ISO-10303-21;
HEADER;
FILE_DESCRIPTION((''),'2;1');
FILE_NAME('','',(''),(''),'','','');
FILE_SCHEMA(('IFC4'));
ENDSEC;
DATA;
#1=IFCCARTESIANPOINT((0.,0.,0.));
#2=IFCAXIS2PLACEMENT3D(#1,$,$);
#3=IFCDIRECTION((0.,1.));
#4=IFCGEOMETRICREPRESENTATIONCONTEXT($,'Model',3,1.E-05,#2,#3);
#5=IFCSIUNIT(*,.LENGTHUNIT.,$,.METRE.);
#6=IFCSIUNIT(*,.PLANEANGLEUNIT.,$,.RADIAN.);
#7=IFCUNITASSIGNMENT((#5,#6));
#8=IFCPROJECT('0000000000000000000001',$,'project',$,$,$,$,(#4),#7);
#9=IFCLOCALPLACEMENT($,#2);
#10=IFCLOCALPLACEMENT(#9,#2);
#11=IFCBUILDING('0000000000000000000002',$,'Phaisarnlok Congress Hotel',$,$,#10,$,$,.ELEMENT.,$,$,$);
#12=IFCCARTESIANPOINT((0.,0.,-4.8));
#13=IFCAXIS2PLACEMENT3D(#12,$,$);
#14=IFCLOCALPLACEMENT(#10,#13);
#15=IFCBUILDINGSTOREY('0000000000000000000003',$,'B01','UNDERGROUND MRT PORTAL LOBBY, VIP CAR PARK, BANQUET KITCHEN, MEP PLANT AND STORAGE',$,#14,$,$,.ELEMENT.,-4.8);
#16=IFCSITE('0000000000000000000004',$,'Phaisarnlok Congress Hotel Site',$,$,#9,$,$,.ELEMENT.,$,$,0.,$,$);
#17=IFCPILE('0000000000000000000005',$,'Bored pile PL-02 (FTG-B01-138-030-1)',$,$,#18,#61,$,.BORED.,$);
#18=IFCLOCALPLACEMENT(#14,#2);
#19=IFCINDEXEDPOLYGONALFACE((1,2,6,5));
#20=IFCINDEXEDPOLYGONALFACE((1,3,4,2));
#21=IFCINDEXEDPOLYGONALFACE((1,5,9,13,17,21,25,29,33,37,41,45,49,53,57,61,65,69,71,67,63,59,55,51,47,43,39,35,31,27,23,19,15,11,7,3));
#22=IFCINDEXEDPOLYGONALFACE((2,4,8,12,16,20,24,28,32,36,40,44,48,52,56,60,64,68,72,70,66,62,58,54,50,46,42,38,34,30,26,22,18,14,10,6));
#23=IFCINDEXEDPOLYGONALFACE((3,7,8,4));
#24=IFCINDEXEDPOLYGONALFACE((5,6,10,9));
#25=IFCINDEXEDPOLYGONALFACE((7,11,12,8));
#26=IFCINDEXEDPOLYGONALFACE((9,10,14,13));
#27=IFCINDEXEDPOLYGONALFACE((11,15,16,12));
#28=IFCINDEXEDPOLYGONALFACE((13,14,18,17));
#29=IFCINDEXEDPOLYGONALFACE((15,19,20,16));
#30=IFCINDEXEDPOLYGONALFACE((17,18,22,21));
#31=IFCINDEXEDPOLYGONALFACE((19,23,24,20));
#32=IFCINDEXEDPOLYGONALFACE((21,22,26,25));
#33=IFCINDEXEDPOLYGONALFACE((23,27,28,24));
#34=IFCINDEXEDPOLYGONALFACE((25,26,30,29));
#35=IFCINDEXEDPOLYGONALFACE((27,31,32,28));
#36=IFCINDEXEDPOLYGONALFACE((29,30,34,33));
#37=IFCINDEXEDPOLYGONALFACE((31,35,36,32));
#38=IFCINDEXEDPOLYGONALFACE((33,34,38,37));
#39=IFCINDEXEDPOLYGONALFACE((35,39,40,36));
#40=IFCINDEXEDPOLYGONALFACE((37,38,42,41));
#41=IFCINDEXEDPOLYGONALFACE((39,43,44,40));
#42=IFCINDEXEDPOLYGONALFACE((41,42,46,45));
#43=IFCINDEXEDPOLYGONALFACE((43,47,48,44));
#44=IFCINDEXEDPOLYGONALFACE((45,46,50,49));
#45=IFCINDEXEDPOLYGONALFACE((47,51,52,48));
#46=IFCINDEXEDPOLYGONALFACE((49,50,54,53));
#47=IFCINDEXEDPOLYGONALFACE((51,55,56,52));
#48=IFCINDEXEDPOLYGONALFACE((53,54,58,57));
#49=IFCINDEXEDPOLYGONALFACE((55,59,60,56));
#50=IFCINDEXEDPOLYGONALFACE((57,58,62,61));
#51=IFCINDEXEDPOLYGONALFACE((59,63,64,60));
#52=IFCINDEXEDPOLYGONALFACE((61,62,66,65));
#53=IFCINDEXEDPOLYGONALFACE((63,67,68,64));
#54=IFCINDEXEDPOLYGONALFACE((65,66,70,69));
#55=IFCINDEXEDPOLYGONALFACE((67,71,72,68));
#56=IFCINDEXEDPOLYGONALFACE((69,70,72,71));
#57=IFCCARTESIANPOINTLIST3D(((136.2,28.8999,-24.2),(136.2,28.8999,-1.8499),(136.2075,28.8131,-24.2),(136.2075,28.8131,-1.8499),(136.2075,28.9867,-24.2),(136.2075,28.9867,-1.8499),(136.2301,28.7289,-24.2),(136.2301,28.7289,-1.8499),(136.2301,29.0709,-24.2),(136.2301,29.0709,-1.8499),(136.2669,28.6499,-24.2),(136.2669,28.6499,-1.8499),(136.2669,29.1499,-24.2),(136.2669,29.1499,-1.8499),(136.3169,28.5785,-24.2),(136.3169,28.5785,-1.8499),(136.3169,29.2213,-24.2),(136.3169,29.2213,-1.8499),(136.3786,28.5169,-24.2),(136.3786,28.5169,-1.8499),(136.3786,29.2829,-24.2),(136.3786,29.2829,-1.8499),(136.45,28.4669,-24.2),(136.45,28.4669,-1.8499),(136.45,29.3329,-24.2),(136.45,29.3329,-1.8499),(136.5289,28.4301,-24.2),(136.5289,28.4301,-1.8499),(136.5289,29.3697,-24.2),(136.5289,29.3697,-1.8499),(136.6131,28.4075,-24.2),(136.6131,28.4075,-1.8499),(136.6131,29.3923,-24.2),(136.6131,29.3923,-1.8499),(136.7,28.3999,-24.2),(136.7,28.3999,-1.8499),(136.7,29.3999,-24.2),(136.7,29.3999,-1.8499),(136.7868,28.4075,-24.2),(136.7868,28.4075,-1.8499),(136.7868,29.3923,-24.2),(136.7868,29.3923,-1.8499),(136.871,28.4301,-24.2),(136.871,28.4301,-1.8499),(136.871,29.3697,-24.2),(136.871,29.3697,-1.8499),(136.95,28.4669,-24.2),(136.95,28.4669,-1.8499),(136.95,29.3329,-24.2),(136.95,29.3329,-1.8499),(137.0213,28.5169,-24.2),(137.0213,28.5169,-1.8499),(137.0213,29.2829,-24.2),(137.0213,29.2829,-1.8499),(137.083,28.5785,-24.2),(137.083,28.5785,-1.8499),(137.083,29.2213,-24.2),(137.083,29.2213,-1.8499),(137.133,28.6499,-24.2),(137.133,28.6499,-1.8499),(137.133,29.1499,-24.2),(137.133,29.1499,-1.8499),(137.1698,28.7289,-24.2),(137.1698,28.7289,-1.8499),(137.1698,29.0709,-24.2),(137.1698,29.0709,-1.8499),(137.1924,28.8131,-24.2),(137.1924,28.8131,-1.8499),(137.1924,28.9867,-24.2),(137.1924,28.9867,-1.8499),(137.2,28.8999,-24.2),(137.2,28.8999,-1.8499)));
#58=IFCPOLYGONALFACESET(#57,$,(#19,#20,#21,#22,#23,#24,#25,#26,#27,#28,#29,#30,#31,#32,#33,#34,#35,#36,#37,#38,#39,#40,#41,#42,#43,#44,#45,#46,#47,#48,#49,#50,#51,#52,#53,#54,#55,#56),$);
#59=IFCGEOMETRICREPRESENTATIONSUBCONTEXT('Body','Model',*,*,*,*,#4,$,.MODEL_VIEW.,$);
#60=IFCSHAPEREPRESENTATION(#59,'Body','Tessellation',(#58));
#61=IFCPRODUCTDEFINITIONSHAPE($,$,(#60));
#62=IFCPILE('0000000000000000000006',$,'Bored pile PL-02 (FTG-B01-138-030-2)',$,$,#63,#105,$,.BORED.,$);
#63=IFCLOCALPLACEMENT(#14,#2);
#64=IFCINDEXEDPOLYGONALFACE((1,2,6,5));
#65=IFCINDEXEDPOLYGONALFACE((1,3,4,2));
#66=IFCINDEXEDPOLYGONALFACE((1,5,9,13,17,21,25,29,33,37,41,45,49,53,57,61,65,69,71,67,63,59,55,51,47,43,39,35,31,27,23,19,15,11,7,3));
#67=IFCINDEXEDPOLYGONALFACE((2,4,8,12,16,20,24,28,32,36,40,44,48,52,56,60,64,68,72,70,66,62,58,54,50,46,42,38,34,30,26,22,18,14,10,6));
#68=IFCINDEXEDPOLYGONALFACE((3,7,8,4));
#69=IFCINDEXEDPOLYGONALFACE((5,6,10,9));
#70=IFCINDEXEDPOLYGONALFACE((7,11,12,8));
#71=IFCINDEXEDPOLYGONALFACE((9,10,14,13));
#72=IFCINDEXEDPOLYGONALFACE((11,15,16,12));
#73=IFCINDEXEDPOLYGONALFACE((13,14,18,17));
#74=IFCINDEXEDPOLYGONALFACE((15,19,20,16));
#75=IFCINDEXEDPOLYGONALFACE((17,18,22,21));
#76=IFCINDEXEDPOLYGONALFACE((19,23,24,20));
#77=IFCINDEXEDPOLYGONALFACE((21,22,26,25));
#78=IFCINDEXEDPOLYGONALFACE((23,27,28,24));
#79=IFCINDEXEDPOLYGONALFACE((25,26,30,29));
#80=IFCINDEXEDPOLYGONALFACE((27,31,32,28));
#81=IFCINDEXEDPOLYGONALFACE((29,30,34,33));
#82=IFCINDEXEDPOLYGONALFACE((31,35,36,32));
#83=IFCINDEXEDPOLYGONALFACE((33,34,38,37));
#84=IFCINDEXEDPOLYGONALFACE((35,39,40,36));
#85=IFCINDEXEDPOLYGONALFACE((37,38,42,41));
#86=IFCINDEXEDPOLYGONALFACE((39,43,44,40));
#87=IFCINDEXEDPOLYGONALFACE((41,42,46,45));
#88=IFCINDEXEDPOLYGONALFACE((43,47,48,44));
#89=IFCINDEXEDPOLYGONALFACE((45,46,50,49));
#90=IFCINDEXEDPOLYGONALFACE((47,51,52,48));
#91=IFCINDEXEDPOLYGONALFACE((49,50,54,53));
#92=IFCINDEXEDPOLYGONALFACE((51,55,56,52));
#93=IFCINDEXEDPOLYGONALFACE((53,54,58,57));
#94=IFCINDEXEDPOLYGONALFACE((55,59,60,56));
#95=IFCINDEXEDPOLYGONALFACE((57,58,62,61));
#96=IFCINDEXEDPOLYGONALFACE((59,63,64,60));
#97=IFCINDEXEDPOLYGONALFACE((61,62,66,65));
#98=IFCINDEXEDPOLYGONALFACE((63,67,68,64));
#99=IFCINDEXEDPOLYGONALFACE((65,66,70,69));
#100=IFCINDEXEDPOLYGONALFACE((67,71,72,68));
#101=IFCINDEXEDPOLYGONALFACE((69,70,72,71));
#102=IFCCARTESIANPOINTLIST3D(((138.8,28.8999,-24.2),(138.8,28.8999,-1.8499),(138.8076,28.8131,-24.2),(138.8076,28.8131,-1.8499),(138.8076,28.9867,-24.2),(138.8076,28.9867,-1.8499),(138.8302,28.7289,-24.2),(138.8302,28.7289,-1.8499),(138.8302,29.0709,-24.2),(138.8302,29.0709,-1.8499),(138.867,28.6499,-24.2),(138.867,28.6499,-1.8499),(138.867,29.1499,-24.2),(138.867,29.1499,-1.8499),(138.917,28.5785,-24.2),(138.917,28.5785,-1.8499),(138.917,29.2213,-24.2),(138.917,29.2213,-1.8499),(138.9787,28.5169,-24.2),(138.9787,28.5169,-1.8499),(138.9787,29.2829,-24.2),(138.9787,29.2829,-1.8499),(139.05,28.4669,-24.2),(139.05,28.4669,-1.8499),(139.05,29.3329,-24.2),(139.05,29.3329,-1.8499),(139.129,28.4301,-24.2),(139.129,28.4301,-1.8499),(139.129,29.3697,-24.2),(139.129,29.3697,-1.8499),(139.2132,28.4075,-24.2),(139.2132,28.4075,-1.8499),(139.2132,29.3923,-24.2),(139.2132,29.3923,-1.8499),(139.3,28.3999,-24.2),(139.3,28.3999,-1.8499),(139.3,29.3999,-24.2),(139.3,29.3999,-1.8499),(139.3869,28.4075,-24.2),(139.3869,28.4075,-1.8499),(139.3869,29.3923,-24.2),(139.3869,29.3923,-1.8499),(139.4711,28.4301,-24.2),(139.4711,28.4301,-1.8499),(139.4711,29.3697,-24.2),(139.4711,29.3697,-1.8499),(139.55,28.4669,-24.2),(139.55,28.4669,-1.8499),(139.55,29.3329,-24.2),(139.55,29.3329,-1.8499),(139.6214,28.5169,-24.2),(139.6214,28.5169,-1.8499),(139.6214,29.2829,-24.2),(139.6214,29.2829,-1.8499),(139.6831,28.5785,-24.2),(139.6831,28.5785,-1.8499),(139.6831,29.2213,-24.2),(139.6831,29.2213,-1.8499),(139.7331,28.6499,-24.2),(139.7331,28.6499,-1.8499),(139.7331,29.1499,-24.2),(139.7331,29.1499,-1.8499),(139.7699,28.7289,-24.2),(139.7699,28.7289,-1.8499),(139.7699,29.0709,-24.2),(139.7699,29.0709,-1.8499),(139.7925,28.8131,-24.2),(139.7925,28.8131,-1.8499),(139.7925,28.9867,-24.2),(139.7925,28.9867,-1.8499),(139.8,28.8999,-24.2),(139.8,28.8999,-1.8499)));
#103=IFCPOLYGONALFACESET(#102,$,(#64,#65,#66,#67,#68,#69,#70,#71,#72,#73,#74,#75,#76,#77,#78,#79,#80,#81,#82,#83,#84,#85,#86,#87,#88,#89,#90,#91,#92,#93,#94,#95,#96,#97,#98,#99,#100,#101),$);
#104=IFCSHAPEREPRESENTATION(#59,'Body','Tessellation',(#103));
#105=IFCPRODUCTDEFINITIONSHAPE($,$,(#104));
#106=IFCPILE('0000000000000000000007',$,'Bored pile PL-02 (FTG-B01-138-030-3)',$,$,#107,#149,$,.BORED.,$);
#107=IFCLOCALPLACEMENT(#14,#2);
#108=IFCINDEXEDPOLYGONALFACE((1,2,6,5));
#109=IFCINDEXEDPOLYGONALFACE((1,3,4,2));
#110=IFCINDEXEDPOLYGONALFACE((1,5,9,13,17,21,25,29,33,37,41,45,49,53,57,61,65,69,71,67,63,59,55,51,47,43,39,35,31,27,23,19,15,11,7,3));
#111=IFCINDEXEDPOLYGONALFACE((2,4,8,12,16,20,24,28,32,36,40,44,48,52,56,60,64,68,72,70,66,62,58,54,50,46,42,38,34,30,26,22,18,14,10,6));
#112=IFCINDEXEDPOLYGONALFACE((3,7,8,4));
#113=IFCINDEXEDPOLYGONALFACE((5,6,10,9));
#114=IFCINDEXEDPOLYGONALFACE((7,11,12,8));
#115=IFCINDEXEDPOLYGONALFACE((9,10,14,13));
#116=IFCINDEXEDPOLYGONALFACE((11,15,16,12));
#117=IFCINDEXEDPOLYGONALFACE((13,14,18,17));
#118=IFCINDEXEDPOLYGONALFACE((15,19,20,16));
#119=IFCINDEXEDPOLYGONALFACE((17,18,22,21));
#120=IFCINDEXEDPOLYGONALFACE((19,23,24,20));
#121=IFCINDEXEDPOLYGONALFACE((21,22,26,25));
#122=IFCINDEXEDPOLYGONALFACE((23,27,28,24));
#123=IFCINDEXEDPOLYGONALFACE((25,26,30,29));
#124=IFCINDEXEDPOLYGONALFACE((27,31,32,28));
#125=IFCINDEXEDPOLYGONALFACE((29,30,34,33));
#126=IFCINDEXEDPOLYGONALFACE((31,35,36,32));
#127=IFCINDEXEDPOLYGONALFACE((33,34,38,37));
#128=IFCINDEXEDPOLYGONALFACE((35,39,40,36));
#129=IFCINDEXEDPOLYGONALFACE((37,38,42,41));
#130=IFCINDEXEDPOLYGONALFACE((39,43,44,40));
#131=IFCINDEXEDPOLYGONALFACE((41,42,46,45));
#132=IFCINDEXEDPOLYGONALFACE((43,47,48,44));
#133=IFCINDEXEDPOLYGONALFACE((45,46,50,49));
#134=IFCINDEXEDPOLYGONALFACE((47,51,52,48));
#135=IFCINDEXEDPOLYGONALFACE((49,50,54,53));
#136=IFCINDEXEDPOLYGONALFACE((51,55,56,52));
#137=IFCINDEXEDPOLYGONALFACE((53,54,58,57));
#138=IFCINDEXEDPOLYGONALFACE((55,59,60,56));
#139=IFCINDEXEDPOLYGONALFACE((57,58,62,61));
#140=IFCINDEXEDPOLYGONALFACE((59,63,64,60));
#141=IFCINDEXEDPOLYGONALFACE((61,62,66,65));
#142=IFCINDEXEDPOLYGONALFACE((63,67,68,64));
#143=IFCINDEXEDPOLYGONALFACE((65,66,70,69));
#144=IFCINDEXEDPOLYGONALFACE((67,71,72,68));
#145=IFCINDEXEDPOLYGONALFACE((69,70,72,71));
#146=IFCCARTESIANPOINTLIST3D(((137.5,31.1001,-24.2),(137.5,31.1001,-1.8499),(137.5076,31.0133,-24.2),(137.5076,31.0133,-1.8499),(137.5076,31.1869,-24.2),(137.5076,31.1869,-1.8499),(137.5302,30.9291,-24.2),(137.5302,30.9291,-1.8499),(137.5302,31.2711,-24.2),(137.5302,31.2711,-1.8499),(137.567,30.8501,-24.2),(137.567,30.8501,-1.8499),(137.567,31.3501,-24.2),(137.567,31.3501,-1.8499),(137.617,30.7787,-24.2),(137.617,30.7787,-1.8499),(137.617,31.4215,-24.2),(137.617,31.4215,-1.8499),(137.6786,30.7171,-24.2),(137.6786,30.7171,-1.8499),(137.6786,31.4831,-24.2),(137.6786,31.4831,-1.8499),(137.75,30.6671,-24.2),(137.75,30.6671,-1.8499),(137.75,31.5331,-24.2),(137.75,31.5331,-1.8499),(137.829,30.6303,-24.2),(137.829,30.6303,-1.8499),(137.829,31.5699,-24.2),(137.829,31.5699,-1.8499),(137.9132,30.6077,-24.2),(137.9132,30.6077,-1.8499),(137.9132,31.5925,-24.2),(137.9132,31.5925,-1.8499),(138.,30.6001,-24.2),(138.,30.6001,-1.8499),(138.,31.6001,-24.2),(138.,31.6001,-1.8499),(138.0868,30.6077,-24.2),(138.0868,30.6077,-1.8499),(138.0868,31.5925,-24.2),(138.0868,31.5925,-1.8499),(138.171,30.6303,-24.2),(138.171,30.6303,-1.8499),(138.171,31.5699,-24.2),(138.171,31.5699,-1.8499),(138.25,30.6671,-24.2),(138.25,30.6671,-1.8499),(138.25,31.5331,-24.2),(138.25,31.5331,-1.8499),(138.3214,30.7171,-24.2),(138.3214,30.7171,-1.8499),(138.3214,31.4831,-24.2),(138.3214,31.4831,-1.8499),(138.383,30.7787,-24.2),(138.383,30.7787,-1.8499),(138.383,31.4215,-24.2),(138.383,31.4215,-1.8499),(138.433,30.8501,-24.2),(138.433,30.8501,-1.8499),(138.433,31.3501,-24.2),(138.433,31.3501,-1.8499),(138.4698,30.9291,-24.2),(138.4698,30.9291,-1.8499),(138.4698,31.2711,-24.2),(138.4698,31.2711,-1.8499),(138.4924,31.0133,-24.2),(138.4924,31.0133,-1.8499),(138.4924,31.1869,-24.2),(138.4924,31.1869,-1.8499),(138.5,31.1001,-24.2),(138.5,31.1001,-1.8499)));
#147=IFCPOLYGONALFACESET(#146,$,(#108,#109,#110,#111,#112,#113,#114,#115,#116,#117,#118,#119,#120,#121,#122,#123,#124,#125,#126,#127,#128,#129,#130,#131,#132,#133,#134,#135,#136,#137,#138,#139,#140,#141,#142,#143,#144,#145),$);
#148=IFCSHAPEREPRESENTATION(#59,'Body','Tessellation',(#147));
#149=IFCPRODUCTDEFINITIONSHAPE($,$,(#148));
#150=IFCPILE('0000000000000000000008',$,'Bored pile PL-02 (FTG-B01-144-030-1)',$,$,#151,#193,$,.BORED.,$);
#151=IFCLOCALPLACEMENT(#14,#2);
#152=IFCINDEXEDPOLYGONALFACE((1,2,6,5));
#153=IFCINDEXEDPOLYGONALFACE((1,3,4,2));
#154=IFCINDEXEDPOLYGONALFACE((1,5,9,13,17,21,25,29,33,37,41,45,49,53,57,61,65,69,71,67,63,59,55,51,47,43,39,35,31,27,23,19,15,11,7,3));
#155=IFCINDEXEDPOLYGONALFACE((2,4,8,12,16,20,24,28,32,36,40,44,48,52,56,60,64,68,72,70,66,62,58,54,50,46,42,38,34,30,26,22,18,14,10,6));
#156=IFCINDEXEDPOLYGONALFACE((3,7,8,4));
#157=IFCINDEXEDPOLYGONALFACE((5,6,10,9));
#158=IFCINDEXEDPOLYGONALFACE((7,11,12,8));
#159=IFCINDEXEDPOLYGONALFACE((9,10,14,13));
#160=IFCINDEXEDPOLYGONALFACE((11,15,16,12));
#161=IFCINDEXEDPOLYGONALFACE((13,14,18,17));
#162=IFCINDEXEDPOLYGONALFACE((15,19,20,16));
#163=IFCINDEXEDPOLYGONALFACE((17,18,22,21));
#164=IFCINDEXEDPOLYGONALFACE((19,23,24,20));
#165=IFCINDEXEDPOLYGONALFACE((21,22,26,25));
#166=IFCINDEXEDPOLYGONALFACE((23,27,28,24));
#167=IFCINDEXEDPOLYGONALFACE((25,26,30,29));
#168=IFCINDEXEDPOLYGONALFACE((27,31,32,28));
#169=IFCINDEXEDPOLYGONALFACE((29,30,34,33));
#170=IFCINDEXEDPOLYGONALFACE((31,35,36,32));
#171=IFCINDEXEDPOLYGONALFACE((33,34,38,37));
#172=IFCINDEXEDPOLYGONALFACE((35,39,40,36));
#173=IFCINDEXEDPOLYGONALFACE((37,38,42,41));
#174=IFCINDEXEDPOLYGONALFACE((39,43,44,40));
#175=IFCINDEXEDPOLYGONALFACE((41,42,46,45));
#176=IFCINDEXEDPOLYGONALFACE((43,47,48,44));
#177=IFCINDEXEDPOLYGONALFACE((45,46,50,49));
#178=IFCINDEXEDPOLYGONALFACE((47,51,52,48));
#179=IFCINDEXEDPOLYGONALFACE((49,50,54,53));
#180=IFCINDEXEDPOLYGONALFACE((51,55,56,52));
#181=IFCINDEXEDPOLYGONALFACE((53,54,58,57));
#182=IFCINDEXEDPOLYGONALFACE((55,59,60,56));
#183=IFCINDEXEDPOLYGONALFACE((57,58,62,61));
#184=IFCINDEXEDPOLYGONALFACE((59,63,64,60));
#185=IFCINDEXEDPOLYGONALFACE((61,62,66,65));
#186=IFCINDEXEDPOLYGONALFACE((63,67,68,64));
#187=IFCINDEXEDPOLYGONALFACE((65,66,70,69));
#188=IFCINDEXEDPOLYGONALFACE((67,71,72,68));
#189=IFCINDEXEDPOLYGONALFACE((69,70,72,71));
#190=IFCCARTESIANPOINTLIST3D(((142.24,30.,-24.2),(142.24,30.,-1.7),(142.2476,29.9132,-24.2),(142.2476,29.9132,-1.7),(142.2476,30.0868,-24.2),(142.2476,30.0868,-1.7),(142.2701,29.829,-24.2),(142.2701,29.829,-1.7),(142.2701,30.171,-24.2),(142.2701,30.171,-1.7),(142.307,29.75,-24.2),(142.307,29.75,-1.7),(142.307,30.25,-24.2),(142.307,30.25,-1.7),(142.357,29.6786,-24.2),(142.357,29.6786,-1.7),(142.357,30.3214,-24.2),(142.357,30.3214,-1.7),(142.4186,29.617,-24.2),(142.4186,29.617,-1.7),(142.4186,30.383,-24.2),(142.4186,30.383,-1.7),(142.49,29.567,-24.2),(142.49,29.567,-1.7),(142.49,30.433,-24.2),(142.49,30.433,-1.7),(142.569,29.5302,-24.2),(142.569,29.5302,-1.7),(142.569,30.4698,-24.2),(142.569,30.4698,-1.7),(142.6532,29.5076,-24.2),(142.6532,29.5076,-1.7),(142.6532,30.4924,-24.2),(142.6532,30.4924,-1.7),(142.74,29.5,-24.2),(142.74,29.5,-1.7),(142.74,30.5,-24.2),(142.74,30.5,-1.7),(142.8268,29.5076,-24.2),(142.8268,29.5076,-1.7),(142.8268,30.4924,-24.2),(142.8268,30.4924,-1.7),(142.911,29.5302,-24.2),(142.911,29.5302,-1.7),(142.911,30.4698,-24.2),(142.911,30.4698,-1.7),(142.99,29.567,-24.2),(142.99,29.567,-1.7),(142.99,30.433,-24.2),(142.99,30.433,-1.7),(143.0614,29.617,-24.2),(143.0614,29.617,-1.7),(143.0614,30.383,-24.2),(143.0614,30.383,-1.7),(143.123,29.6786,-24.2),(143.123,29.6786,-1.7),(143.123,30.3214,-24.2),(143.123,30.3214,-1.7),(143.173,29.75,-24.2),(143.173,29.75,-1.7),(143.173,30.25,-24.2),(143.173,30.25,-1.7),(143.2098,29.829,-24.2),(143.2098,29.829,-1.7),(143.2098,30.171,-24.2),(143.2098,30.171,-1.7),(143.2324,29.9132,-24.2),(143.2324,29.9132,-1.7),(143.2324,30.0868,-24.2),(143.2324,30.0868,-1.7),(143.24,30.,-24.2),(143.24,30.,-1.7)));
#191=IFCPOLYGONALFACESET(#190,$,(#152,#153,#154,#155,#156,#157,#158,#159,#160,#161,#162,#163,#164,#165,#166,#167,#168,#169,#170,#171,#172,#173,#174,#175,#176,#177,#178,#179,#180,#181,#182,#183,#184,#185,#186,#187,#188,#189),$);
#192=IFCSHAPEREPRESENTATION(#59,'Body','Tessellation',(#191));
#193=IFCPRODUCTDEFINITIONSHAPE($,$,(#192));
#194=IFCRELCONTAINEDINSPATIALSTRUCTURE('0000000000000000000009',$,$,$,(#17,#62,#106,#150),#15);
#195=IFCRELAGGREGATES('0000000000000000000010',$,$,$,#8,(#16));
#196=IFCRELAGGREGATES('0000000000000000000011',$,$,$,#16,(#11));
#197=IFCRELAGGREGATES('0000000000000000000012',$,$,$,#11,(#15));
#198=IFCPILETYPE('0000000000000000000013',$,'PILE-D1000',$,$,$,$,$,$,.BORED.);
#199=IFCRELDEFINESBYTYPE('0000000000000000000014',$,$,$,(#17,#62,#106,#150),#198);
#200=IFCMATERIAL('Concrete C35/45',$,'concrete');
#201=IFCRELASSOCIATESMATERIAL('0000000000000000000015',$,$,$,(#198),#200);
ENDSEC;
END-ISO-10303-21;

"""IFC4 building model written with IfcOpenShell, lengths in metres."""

from ifc_helpers import new_model, si_unit, direction, frame, origin, origin_2d, place, context, subcontext, project, spatial, circle, extrude, material, material_profile, profile_set, type_object, element, save


model = new_model("IFC4")

# Units and contexts
model_context = context("Model", 3, precision=1e-05, world=origin(), true_north=direction((0.0, 1.0)))
body_context = subcontext(model_context, "Body", "Model", "MODEL_VIEW")
ifc_project = project(units=[si_unit("LENGTHUNIT", "METRE"), si_unit("PLANEANGLEUNIT", "RADIAN")], contexts=[model_context])

# Site, building, storey
site_placement = place(None, origin())
site = spatial("IfcSite", under=ifc_project, at=site_placement, Name="Phaisarnlok Congress Hotel Site", CompositionType="ELEMENT", RefElevation=0.0)
building_placement = place(site_placement, origin())
building = spatial("IfcBuilding", under=site, at=building_placement, Name="Phaisarnlok Congress Hotel", CompositionType="ELEMENT")
storey_placement = place(building_placement, frame((0.0, 0.0, -4.8)))
storey = spatial("IfcBuildingStorey", under=building, at=storey_placement, Name="B01", Description="UNDERGROUND MRT PORTAL LOBBY, VIP CAR PARK, BANQUET KITCHEN, MEP PLANT AND STORAGE", CompositionType="ELEMENT", Elevation=-4.8)

# Piles
ifc_material_1 = material(Name="Concrete C35/45", Category="concrete")
ifc_material_profile_1 = material_profile(ifc_material_1, circle(Radius=0.5, at=origin_2d()), Name="BORED PILE D1000")
ifc_profile_set_1 = profile_set([ifc_material_profile_1], Name="Concrete C35/45")
pile_type_1 = type_object("IfcPileType", Name="PILE-D1000", PredefinedType="BORED", material=ifc_profile_set_1)
for number, where, z_axis, x_axis, name in (
    (1, (136.7, 28.8999, -1.8499), (0.0, 0.0, -1.0), (1.0, 0.0, 0.0), "Bored pile PL-02 (FTG-B01-138-030-1)"),
    (2, (139.3, 28.8999, -1.8499), (0.0, 0.0, -1.0), (1.0, 0.0, 0.0), "Bored pile PL-02 (FTG-B01-138-030-2)"),
    (3, (138.0, 31.1001, -1.8499), (0.0, 0.0, -1.0), (1.0, 0.0, 0.0), "Bored pile PL-02 (FTG-B01-138-030-3)"),
):
    element("IfcPile", number, at=place(storey_placement, frame(where, z_axis=z_axis, x_axis=x_axis)), inside=storey, type_object=pile_type_1, Name=name, PredefinedType="BORED", context=body_context, shape_type="SweptSolid", body=[
        extrude(circle(Radius=0.5, at=origin_2d()), origin(), (0.0, 0.0, 1.0), 22.3501),
    ])
pile_1_placement = place(storey_placement, frame((142.74, 30.0, -1.7), z_axis=(0.0, 0.0, -1.0), x_axis=(1.0, 0.0, 0.0)))
element("IfcPile", 4, at=pile_1_placement, inside=storey, type_object=pile_type_1, Name="Bored pile PL-02 (FTG-B01-144-030-1)", PredefinedType="BORED", context=body_context, shape_type="SweptSolid", body=[
    extrude(circle(Radius=0.5, at=origin_2d()), origin(), (0.0, 0.0, 1.0), 22.5),
])

save(model, "model.ifc")
